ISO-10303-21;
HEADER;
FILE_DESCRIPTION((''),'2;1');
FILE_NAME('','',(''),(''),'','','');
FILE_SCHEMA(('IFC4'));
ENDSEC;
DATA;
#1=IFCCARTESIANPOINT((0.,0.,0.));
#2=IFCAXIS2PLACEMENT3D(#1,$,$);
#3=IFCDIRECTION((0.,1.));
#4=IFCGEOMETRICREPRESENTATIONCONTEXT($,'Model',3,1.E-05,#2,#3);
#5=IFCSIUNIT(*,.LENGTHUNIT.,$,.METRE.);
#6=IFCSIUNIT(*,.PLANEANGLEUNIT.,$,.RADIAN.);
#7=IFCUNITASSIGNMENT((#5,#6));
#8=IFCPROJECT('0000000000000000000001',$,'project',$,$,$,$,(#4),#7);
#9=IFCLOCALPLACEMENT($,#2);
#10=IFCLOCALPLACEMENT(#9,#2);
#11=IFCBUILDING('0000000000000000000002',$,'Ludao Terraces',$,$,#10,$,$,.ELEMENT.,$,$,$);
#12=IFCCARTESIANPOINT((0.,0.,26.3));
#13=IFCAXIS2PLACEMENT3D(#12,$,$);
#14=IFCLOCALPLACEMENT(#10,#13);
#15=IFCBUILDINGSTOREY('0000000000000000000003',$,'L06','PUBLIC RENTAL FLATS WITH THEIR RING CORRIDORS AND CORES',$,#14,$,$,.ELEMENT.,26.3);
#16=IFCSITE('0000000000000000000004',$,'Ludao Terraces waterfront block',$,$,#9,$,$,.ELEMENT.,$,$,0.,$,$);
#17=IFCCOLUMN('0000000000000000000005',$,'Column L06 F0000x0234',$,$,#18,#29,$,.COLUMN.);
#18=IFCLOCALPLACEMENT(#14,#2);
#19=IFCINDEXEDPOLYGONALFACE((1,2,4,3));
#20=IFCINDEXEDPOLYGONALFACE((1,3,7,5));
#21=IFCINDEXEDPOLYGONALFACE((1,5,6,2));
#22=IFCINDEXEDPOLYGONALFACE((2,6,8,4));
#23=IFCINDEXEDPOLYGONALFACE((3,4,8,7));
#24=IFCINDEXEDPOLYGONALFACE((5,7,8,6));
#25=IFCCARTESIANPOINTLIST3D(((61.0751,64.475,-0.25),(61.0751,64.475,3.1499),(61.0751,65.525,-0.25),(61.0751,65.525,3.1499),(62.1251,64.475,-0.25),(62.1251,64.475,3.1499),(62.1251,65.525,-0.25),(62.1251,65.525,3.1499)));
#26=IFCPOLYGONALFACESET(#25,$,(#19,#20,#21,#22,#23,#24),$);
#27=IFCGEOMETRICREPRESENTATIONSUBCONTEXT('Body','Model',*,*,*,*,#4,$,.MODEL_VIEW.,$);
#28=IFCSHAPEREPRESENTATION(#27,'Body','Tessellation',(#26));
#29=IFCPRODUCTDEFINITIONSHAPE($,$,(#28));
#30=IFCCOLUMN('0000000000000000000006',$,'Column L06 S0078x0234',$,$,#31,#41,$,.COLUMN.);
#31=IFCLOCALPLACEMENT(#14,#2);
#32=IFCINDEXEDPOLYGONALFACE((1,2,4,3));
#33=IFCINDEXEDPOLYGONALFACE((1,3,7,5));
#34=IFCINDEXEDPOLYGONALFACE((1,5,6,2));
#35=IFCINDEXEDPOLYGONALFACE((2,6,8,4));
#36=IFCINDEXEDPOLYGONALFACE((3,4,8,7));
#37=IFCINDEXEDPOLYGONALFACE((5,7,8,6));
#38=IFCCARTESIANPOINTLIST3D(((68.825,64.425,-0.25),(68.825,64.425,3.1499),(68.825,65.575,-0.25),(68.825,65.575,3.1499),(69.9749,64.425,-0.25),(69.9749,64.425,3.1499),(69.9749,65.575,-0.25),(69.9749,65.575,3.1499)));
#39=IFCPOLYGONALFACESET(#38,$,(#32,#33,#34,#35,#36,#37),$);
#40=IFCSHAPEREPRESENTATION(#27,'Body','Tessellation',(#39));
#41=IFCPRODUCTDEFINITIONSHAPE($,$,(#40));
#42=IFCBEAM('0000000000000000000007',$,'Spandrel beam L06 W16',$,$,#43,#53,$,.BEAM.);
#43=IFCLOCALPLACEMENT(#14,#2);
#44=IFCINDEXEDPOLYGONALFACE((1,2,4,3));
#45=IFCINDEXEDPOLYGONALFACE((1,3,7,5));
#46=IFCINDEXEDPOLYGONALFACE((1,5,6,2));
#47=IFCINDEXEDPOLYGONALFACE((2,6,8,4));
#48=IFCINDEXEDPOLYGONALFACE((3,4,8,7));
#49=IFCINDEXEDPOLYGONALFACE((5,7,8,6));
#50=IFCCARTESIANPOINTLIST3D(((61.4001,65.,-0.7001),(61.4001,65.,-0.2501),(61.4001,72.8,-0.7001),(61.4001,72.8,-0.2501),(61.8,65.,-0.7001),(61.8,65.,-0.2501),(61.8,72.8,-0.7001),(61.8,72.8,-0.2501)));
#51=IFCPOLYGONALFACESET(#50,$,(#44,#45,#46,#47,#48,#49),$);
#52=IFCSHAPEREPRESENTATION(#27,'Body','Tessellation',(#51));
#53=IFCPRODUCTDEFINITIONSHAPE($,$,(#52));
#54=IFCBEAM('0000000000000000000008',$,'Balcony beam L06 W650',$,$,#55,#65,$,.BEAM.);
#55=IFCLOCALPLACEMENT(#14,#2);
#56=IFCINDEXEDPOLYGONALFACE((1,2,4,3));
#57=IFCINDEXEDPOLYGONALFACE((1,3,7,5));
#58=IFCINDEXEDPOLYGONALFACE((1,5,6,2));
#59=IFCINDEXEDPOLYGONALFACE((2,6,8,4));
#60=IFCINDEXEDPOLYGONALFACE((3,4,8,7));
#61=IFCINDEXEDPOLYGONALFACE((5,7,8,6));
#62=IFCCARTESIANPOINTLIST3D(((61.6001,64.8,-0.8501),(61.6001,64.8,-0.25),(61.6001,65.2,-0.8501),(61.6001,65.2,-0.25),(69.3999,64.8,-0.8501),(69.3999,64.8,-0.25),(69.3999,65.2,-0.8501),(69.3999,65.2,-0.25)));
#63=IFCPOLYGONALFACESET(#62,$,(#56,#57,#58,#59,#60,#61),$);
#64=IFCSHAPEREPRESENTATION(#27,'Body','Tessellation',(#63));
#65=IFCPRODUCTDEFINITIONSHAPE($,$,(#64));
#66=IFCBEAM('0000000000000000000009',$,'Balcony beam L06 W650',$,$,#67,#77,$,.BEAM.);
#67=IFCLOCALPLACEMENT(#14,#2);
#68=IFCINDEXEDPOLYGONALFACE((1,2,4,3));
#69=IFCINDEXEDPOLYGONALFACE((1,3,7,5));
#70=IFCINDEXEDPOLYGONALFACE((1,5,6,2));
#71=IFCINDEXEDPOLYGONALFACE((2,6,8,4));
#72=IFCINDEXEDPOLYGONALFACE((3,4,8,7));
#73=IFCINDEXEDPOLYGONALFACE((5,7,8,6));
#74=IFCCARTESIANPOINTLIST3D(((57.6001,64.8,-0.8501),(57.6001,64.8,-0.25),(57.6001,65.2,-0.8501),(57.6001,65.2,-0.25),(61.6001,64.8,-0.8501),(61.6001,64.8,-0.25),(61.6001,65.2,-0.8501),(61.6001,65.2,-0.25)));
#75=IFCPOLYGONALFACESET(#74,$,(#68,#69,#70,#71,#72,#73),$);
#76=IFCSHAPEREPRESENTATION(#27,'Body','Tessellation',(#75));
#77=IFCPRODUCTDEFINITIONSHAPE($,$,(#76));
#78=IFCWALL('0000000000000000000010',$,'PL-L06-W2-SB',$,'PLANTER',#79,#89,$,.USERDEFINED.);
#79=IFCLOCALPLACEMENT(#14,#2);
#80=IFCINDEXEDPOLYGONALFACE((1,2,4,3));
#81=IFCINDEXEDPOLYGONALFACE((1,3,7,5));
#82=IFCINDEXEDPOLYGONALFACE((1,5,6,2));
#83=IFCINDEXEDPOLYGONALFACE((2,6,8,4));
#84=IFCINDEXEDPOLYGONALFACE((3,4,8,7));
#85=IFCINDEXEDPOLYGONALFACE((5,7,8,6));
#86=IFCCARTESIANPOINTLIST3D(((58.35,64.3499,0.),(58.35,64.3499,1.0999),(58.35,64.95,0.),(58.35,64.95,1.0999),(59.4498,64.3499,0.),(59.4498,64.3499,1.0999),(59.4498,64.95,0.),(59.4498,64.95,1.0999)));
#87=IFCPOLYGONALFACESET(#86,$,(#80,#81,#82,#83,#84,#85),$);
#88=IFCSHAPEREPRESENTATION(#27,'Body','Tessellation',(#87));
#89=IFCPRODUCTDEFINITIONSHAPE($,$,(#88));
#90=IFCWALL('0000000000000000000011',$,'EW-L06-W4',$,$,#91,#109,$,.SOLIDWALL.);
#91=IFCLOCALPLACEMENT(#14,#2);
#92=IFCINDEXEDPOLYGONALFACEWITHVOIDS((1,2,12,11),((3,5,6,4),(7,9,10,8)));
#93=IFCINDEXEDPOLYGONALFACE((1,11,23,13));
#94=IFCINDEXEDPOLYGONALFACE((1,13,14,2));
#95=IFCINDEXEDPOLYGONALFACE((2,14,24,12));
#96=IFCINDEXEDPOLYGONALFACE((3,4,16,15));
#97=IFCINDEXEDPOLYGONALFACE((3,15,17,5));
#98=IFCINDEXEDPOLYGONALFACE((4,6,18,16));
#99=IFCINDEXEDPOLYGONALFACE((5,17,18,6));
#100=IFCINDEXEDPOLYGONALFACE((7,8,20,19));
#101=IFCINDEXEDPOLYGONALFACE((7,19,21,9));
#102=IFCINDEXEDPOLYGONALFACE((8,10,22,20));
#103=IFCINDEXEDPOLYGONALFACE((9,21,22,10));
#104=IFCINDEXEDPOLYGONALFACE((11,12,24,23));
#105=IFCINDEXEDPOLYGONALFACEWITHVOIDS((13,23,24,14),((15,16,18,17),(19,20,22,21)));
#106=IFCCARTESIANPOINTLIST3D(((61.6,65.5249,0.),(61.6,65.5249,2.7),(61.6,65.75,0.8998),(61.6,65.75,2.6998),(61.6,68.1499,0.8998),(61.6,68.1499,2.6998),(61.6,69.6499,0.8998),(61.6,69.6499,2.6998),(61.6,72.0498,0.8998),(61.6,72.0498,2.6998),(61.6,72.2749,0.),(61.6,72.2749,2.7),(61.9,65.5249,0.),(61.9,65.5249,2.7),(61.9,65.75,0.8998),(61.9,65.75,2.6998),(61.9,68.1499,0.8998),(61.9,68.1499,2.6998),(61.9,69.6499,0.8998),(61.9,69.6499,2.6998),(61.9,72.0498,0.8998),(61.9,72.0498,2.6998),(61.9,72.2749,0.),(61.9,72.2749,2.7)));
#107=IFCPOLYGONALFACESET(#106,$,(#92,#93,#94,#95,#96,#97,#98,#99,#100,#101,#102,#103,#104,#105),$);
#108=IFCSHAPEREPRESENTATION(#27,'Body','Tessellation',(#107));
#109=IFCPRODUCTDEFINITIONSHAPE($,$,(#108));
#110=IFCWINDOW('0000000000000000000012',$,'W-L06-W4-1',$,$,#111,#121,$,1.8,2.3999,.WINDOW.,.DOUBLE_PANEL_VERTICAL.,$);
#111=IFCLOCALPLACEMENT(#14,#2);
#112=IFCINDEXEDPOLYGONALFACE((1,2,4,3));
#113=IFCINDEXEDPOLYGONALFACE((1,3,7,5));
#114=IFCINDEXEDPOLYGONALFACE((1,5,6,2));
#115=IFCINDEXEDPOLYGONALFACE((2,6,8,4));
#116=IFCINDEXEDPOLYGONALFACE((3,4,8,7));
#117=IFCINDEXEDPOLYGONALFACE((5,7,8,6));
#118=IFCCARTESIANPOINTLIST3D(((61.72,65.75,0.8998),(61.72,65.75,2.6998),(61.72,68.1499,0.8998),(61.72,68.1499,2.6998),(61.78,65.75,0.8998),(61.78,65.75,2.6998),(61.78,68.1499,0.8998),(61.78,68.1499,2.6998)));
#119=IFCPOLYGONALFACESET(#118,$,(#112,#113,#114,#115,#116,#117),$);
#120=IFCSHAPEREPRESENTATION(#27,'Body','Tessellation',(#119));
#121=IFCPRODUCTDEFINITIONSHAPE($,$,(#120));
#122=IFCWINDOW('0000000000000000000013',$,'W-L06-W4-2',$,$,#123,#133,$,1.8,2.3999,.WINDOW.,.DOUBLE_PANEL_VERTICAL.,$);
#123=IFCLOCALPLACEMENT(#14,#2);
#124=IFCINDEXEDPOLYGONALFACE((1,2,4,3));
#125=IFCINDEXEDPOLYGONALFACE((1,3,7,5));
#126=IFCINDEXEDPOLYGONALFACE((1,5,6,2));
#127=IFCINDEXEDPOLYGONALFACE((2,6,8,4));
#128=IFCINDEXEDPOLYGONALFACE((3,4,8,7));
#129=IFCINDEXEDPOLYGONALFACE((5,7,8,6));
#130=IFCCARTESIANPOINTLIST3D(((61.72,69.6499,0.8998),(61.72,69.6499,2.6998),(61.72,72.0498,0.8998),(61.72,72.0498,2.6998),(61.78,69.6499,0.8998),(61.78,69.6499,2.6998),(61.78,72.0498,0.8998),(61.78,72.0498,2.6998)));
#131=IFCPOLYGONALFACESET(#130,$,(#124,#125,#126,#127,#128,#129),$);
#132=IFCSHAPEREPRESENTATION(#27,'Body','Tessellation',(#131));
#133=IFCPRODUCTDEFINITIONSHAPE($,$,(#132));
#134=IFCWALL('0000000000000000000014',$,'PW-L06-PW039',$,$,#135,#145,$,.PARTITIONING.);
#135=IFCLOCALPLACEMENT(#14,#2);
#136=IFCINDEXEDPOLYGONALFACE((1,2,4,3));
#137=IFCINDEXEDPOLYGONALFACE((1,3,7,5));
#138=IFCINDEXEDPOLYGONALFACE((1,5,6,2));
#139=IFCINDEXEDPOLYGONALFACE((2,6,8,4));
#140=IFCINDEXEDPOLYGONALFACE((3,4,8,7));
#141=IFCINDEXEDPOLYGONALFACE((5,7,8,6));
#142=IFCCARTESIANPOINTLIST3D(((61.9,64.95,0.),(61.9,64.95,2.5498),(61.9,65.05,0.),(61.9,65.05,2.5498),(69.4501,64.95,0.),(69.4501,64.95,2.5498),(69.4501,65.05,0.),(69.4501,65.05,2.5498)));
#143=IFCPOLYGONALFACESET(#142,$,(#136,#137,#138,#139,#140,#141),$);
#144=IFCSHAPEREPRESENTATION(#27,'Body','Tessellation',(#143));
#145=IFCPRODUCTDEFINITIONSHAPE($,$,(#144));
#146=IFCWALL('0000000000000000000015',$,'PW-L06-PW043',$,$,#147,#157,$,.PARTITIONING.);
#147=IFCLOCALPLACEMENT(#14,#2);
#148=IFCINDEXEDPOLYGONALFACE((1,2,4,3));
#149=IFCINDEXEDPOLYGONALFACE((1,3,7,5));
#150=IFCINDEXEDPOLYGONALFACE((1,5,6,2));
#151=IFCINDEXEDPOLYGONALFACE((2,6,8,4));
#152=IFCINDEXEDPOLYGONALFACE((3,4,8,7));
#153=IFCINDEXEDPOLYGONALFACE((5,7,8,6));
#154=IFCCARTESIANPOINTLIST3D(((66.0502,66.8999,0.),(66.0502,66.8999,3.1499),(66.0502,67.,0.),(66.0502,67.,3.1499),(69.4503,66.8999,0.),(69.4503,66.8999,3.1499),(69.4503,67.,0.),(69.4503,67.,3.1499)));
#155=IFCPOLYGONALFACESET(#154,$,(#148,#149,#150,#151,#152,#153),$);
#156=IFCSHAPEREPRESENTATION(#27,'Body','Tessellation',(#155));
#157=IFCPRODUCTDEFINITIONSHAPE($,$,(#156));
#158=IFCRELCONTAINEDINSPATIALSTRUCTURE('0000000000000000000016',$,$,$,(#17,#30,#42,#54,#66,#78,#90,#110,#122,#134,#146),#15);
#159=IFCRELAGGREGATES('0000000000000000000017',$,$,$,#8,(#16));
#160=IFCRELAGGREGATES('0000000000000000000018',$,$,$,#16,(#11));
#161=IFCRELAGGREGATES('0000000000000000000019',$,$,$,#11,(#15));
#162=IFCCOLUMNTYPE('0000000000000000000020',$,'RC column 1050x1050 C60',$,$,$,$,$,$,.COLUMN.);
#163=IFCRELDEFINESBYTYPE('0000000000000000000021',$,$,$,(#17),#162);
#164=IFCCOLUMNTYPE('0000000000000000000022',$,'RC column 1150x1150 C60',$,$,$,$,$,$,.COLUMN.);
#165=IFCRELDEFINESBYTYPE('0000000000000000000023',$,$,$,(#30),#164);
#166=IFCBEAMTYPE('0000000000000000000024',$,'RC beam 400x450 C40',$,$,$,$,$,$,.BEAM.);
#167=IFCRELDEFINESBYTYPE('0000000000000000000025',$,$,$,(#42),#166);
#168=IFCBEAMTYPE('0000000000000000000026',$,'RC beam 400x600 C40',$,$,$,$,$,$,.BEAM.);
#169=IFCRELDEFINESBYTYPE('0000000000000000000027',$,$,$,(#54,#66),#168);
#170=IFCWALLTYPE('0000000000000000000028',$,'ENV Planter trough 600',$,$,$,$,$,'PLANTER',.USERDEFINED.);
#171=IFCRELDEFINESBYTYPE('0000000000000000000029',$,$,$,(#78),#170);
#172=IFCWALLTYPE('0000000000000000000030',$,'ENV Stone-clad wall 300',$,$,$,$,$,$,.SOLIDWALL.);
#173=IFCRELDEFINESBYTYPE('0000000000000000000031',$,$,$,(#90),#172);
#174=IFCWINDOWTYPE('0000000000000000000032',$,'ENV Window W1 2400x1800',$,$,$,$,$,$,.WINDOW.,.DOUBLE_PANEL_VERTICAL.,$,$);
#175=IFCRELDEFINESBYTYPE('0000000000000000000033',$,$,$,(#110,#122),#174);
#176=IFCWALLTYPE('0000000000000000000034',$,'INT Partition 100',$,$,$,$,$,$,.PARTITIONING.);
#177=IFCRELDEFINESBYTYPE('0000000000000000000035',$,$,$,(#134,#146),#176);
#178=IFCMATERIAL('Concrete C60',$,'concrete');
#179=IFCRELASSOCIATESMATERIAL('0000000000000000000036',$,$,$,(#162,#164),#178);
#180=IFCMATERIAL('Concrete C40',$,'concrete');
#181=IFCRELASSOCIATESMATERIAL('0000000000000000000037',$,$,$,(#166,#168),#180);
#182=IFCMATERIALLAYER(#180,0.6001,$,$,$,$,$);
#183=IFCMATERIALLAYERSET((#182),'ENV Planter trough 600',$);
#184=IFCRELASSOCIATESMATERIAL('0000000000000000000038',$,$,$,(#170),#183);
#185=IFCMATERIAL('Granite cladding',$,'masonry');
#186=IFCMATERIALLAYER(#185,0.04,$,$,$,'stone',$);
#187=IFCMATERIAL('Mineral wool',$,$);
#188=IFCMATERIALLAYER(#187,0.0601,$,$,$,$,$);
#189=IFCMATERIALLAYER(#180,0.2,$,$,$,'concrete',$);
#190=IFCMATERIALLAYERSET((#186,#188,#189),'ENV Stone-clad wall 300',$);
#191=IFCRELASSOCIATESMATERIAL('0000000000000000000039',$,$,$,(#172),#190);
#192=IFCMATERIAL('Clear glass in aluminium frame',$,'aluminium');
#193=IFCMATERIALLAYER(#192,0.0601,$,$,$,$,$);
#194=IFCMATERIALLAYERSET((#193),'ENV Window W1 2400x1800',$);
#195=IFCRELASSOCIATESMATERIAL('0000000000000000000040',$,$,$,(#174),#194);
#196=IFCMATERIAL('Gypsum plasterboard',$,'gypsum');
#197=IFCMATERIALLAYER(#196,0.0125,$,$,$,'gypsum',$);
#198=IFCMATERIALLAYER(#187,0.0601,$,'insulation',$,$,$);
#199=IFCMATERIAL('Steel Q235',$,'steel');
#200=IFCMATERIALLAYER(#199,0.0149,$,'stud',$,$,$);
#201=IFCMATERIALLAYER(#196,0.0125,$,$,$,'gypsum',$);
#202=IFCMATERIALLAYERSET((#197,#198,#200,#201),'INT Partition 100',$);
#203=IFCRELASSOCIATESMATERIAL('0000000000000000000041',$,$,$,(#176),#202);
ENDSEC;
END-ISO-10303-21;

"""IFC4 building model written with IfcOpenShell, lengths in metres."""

from ifc_helpers import new_model, si_unit, direction, frame, frame_2d, origin, origin_2d, place, context, subcontext, project, spatial, rectangle, extrude, material, layer, layer_set, material_profile, profile_set, type_object, element, fill, save


model = new_model("IFC4")

# Units and contexts
model_context = context("Model", 3, precision=1e-05, world=origin(), true_north=direction((0.0, 1.0)))
body_context = subcontext(model_context, "Body", "Model", "MODEL_VIEW")
ifc_project = project(units=[si_unit("LENGTHUNIT", "METRE"), si_unit("PLANEANGLEUNIT", "RADIAN")], contexts=[model_context])

# Site, building, storey
site_placement = place(None, origin())
site = spatial("IfcSite", under=ifc_project, at=site_placement, Name="Ludao Terraces waterfront block", CompositionType="ELEMENT", RefElevation=0.0)
building_placement = place(site_placement, origin())
building = spatial("IfcBuilding", under=site, at=building_placement, Name="Ludao Terraces", CompositionType="ELEMENT")
storey_placement = place(building_placement, frame((0.0, 0.0, 26.3)))
storey = spatial("IfcBuildingStorey", under=building, at=storey_placement, Name="L06", Description="PUBLIC RENTAL FLATS WITH THEIR RING CORRIDORS AND CORES", CompositionType="ELEMENT", Elevation=26.3)

# Columns
ifc_material_1 = material(Name="Concrete C60", Category="concrete")
ifc_material_profile_1 = material_profile(ifc_material_1, rectangle(XDim=1.05, YDim=1.05, at=origin_2d()), Name="1050 X 1050")
ifc_profile_set_1 = profile_set([ifc_material_profile_1], Name="Concrete C60")
column_type_1 = type_object("IfcColumnType", Name="RC column 1050x1050 C60", PredefinedType="COLUMN", material=ifc_profile_set_1)
column_1_placement = place(storey_placement, frame((61.6001, 65.0, -0.25), z_axis=(0.0, 0.0, 1.0), x_axis=(1.0, 0.0, 0.0)))
element("IfcColumn", 1, at=column_1_placement, inside=storey, type_object=column_type_1, Name="Column L06 F0000x0234", PredefinedType="COLUMN", context=body_context, shape_type="SweptSolid", body=[
    extrude(rectangle(XDim=1.05, YDim=1.05, at=origin_2d()), origin(), (0.0, 0.0, 1.0), 3.3999),
])
ifc_material_profile_2 = material_profile(ifc_material_1, rectangle(XDim=1.1499, YDim=1.1499, at=origin_2d()), Name="1150 X 1150")
ifc_profile_set_2 = profile_set([ifc_material_profile_2], Name="Concrete C60")
column_type_2 = type_object("IfcColumnType", Name="RC column 1150x1150 C60", PredefinedType="COLUMN", material=ifc_profile_set_2)
column_2_placement = place(storey_placement, frame((69.3999, 65.0, -0.25), z_axis=(0.0, 0.0, 1.0), x_axis=(1.0, 0.0, 0.0)))
element("IfcColumn", 2, at=column_2_placement, inside=storey, type_object=column_type_2, Name="Column L06 S0078x0234", PredefinedType="COLUMN", context=body_context, shape_type="SweptSolid", body=[
    extrude(rectangle(XDim=1.1499, YDim=1.1499, at=origin_2d()), origin(), (0.0, 0.0, 1.0), 3.3999),
])

# Beams
ifc_material_2 = material(Name="Concrete C40", Category="concrete")
ifc_material_profile_3 = material_profile(ifc_material_2, rectangle(XDim=0.3999, YDim=0.45, at=origin_2d()), Name="400 X 450")
ifc_profile_set_3 = profile_set([ifc_material_profile_3], Name="Concrete C40")
beam_type_1 = type_object("IfcBeamType", Name="RC beam 400x450 C40", PredefinedType="BEAM", material=ifc_profile_set_3)
beam_1_placement = place(storey_placement, frame((61.6001, 65.0, -0.4751), z_axis=(0.0, 1.0, 0.0), x_axis=(-1.0, 0.0, 0.0)))
element("IfcBeam", 3, at=beam_1_placement, inside=storey, type_object=beam_type_1, Name="Spandrel beam L06 W16", PredefinedType="BEAM", context=body_context, shape_type="SweptSolid", body=[
    extrude(rectangle(XDim=0.3999, YDim=0.45, at=origin_2d()), origin(), (0.0, 0.0, 1.0), 7.8),
])
ifc_material_profile_4 = material_profile(ifc_material_2, rectangle(XDim=0.3999, YDim=0.6001, at=origin_2d()), Name="400 X 600")
ifc_profile_set_4 = profile_set([ifc_material_profile_4], Name="Concrete C40")
beam_type_2 = type_object("IfcBeamType", Name="RC beam 400x600 C40", PredefinedType="BEAM", material=ifc_profile_set_4)
beam_2_placement = place(storey_placement, frame((69.3999, 65.0, -0.55), z_axis=(-1.0, 0.0, 0.0), x_axis=(0.0, -1.0, 0.0)))
element("IfcBeam", 4, at=beam_2_placement, inside=storey, type_object=beam_type_2, Name="Balcony beam L06 W650", PredefinedType="BEAM", context=body_context, shape_type="SweptSolid", body=[
    extrude(rectangle(XDim=0.3999, YDim=0.6001, at=origin_2d()), origin(), (0.0, 0.0, 1.0), 7.7998),
])
beam_3_placement = place(storey_placement, frame((61.6001, 65.0, -0.55), z_axis=(-1.0, 0.0, 0.0), x_axis=(0.0, -1.0, 0.0)))
element("IfcBeam", 5, at=beam_3_placement, inside=storey, type_object=beam_type_2, Name="Balcony beam L06 W650", PredefinedType="BEAM", context=body_context, shape_type="SweptSolid", body=[
    extrude(rectangle(XDim=0.3999, YDim=0.6001, at=origin_2d()), origin(), (0.0, 0.0, 1.0), 4.0),
])

# Wall
ifc_layer_1 = layer(ifc_material_2, 0.6001)
ifc_layer_set_1 = layer_set([ifc_layer_1], Name="ENV Planter trough 600")
wall_type_1 = type_object("IfcWallType", Name="ENV Planter trough 600", ElementType="PLANTER", PredefinedType="USERDEFINED", material=ifc_layer_set_1)
wall_1_placement = place(storey_placement, frame((58.3501, 64.6499, 0.0), z_axis=(0.0, 0.0, 1.0), x_axis=(1.0, 0.0, 0.0)))
element("IfcWall", 6, at=wall_1_placement, inside=storey, type_object=wall_type_1, Name="PL-L06-W2-SB", ObjectType="PLANTER", PredefinedType="USERDEFINED", context=body_context, shape_type="SweptSolid", body=[
    extrude(rectangle(XDim=1.0999, YDim=0.6001, at=frame_2d((0.5498, 0.0))), origin(), (0.0, 0.0, 1.0), 1.0999),
])

# Wall, openings, windows
ifc_material_3 = material(Name="Granite cladding", Category="masonry")
ifc_layer_2 = layer(ifc_material_3, 0.04, Category="stone")
ifc_material_4 = material(Name="Mineral wool")
ifc_layer_3 = layer(ifc_material_4, 0.0601)
ifc_layer_4 = layer(ifc_material_2, 0.2, Category="concrete")
ifc_layer_set_2 = layer_set([ifc_layer_2, ifc_layer_3, ifc_layer_4], Name="ENV Stone-clad wall 300")
wall_type_2 = type_object("IfcWallType", Name="ENV Stone-clad wall 300", PredefinedType="SOLIDWALL", material=ifc_layer_set_2)
wall_2_placement = place(storey_placement, frame((61.75, 65.5249, 0.0), z_axis=(0.0, 0.0, 1.0), x_axis=(0.0, 1.0, 0.0)))
wall_2 = element("IfcWall", 7, at=wall_2_placement, inside=storey, type_object=wall_type_2, Name="EW-L06-W4", PredefinedType="SOLIDWALL", context=body_context, shape_type="SweptSolid", body=[
    extrude(rectangle(XDim=6.75, YDim=0.3, at=frame_2d((3.375, 0.0))), origin(), (0.0, 0.0, 1.0), 2.7),
])
opening_1_placement = place(wall_2_placement, frame((0.2251, 0.0, 0.8999)))
opening_1 = element("IfcOpeningElement", 8, at=opening_1_placement, cuts=wall_2, PredefinedType="OPENING", context=body_context, shape_type="SweptSolid", body=[
    extrude(rectangle(XDim=2.3999, YDim=1.8, at=frame_2d((1.2, 0.8999))), frame((0.0, 0.1602, 0.0), z_axis=(0.0, -1.0, 0.0), x_axis=(1.0, 0.0, 0.0)), (0.0, 0.0, 1.0), 0.3201),
])
opening_2_placement = place(wall_2_placement, frame((4.125, 0.0, 0.8999)))
opening_2 = element("IfcOpeningElement", 9, at=opening_2_placement, cuts=wall_2, PredefinedType="OPENING", context=body_context, shape_type="SweptSolid", body=[
    extrude(rectangle(XDim=2.3999, YDim=1.8, at=frame_2d((1.2, 0.8999))), frame((0.0, 0.1602, 0.0), z_axis=(0.0, -1.0, 0.0), x_axis=(1.0, 0.0, 0.0)), (0.0, 0.0, 1.0), 0.3201),
])
ifc_material_5 = material(Name="Clear glass in aluminium frame", Category="aluminium")
ifc_layer_5 = layer(ifc_material_5, 0.0601)
ifc_layer_set_3 = layer_set([ifc_layer_5], Name="ENV Window W1 2400x1800")
window_type = type_object("IfcWindowType", Name="ENV Window W1 2400x1800", PartitioningType="DOUBLE_PANEL_VERTICAL", PredefinedType="WINDOW", material=ifc_layer_set_3)
window_1_placement = place(opening_1_placement, origin())
window_1 = element("IfcWindow", 10, at=window_1_placement, inside=storey, type_object=window_type, Name="W-L06-W4-1", OverallHeight=1.8, OverallWidth=2.3999, PartitioningType="DOUBLE_PANEL_VERTICAL", PredefinedType="WINDOW", context=body_context, shape_type="SweptSolid", body=[
    extrude(rectangle(XDim=2.3999, YDim=1.8, at=frame_2d((1.2, 0.8999))), frame((0.0, 0.03, 0.0), z_axis=(0.0, -1.0, 0.0), x_axis=(1.0, 0.0, 0.0)), (0.0, 0.0, 1.0), 0.0601),
])
fill(opening_1, window_1)
window_2_placement = place(opening_2_placement, origin())
window_2 = element("IfcWindow", 11, at=window_2_placement, inside=storey, type_object=window_type, Name="W-L06-W4-2", OverallHeight=1.8, OverallWidth=2.3999, PartitioningType="DOUBLE_PANEL_VERTICAL", PredefinedType="WINDOW", context=body_context, shape_type="SweptSolid", body=[
    extrude(rectangle(XDim=2.3999, YDim=1.8, at=frame_2d((1.2, 0.8999))), frame((0.0, 0.03, 0.0), z_axis=(0.0, -1.0, 0.0), x_axis=(1.0, 0.0, 0.0)), (0.0, 0.0, 1.0), 0.0601),
])
fill(opening_2, window_2)

# Walls
ifc_material_6 = material(Name="Gypsum plasterboard", Category="gypsum")
ifc_layer_6 = layer(ifc_material_6, 0.0125, Category="gypsum")
ifc_layer_7 = layer(ifc_material_4, 0.0601, Name="insulation")
ifc_material_7 = material(Name="Steel Q235", Category="steel")
ifc_layer_8 = layer(ifc_material_7, 0.0149, Name="stud")
ifc_layer_9 = layer(ifc_material_6, 0.0125, Category="gypsum")
ifc_layer_set_4 = layer_set([ifc_layer_6, ifc_layer_7, ifc_layer_8, ifc_layer_9], Name="INT Partition 100")
wall_type_3 = type_object("IfcWallType", Name="INT Partition 100", PredefinedType="PARTITIONING", material=ifc_layer_set_4)
wall_3_placement = place(storey_placement, frame((61.9001, 65.0, 0.0), z_axis=(0.0, 0.0, 1.0), x_axis=(1.0, 0.0, 0.0)))
element("IfcWall", 12, at=wall_3_placement, inside=storey, type_object=wall_type_3, Name="PW-L06-PW039", PredefinedType="PARTITIONING", context=body_context, shape_type="SweptSolid", body=[
    extrude(rectangle(XDim=7.55, YDim=0.1001, at=frame_2d((3.7749, 0.0))), origin(), (0.0, 0.0, 1.0), 2.5498),
])
wall_4_placement = place(storey_placement, frame((66.05, 66.95, 0.0), z_axis=(0.0, 0.0, 1.0), x_axis=(1.0, 0.0, 0.0)))
element("IfcWall", 13, at=wall_4_placement, inside=storey, type_object=wall_type_3, Name="PW-L06-PW043", PredefinedType="PARTITIONING", context=body_context, shape_type="SweptSolid", body=[
    extrude(rectangle(XDim=3.4001, YDim=0.1001, at=frame_2d((1.7002, 0.0))), origin(), (0.0, 0.0, 1.0), 3.1499),
])

save(model, "model.ifc")
